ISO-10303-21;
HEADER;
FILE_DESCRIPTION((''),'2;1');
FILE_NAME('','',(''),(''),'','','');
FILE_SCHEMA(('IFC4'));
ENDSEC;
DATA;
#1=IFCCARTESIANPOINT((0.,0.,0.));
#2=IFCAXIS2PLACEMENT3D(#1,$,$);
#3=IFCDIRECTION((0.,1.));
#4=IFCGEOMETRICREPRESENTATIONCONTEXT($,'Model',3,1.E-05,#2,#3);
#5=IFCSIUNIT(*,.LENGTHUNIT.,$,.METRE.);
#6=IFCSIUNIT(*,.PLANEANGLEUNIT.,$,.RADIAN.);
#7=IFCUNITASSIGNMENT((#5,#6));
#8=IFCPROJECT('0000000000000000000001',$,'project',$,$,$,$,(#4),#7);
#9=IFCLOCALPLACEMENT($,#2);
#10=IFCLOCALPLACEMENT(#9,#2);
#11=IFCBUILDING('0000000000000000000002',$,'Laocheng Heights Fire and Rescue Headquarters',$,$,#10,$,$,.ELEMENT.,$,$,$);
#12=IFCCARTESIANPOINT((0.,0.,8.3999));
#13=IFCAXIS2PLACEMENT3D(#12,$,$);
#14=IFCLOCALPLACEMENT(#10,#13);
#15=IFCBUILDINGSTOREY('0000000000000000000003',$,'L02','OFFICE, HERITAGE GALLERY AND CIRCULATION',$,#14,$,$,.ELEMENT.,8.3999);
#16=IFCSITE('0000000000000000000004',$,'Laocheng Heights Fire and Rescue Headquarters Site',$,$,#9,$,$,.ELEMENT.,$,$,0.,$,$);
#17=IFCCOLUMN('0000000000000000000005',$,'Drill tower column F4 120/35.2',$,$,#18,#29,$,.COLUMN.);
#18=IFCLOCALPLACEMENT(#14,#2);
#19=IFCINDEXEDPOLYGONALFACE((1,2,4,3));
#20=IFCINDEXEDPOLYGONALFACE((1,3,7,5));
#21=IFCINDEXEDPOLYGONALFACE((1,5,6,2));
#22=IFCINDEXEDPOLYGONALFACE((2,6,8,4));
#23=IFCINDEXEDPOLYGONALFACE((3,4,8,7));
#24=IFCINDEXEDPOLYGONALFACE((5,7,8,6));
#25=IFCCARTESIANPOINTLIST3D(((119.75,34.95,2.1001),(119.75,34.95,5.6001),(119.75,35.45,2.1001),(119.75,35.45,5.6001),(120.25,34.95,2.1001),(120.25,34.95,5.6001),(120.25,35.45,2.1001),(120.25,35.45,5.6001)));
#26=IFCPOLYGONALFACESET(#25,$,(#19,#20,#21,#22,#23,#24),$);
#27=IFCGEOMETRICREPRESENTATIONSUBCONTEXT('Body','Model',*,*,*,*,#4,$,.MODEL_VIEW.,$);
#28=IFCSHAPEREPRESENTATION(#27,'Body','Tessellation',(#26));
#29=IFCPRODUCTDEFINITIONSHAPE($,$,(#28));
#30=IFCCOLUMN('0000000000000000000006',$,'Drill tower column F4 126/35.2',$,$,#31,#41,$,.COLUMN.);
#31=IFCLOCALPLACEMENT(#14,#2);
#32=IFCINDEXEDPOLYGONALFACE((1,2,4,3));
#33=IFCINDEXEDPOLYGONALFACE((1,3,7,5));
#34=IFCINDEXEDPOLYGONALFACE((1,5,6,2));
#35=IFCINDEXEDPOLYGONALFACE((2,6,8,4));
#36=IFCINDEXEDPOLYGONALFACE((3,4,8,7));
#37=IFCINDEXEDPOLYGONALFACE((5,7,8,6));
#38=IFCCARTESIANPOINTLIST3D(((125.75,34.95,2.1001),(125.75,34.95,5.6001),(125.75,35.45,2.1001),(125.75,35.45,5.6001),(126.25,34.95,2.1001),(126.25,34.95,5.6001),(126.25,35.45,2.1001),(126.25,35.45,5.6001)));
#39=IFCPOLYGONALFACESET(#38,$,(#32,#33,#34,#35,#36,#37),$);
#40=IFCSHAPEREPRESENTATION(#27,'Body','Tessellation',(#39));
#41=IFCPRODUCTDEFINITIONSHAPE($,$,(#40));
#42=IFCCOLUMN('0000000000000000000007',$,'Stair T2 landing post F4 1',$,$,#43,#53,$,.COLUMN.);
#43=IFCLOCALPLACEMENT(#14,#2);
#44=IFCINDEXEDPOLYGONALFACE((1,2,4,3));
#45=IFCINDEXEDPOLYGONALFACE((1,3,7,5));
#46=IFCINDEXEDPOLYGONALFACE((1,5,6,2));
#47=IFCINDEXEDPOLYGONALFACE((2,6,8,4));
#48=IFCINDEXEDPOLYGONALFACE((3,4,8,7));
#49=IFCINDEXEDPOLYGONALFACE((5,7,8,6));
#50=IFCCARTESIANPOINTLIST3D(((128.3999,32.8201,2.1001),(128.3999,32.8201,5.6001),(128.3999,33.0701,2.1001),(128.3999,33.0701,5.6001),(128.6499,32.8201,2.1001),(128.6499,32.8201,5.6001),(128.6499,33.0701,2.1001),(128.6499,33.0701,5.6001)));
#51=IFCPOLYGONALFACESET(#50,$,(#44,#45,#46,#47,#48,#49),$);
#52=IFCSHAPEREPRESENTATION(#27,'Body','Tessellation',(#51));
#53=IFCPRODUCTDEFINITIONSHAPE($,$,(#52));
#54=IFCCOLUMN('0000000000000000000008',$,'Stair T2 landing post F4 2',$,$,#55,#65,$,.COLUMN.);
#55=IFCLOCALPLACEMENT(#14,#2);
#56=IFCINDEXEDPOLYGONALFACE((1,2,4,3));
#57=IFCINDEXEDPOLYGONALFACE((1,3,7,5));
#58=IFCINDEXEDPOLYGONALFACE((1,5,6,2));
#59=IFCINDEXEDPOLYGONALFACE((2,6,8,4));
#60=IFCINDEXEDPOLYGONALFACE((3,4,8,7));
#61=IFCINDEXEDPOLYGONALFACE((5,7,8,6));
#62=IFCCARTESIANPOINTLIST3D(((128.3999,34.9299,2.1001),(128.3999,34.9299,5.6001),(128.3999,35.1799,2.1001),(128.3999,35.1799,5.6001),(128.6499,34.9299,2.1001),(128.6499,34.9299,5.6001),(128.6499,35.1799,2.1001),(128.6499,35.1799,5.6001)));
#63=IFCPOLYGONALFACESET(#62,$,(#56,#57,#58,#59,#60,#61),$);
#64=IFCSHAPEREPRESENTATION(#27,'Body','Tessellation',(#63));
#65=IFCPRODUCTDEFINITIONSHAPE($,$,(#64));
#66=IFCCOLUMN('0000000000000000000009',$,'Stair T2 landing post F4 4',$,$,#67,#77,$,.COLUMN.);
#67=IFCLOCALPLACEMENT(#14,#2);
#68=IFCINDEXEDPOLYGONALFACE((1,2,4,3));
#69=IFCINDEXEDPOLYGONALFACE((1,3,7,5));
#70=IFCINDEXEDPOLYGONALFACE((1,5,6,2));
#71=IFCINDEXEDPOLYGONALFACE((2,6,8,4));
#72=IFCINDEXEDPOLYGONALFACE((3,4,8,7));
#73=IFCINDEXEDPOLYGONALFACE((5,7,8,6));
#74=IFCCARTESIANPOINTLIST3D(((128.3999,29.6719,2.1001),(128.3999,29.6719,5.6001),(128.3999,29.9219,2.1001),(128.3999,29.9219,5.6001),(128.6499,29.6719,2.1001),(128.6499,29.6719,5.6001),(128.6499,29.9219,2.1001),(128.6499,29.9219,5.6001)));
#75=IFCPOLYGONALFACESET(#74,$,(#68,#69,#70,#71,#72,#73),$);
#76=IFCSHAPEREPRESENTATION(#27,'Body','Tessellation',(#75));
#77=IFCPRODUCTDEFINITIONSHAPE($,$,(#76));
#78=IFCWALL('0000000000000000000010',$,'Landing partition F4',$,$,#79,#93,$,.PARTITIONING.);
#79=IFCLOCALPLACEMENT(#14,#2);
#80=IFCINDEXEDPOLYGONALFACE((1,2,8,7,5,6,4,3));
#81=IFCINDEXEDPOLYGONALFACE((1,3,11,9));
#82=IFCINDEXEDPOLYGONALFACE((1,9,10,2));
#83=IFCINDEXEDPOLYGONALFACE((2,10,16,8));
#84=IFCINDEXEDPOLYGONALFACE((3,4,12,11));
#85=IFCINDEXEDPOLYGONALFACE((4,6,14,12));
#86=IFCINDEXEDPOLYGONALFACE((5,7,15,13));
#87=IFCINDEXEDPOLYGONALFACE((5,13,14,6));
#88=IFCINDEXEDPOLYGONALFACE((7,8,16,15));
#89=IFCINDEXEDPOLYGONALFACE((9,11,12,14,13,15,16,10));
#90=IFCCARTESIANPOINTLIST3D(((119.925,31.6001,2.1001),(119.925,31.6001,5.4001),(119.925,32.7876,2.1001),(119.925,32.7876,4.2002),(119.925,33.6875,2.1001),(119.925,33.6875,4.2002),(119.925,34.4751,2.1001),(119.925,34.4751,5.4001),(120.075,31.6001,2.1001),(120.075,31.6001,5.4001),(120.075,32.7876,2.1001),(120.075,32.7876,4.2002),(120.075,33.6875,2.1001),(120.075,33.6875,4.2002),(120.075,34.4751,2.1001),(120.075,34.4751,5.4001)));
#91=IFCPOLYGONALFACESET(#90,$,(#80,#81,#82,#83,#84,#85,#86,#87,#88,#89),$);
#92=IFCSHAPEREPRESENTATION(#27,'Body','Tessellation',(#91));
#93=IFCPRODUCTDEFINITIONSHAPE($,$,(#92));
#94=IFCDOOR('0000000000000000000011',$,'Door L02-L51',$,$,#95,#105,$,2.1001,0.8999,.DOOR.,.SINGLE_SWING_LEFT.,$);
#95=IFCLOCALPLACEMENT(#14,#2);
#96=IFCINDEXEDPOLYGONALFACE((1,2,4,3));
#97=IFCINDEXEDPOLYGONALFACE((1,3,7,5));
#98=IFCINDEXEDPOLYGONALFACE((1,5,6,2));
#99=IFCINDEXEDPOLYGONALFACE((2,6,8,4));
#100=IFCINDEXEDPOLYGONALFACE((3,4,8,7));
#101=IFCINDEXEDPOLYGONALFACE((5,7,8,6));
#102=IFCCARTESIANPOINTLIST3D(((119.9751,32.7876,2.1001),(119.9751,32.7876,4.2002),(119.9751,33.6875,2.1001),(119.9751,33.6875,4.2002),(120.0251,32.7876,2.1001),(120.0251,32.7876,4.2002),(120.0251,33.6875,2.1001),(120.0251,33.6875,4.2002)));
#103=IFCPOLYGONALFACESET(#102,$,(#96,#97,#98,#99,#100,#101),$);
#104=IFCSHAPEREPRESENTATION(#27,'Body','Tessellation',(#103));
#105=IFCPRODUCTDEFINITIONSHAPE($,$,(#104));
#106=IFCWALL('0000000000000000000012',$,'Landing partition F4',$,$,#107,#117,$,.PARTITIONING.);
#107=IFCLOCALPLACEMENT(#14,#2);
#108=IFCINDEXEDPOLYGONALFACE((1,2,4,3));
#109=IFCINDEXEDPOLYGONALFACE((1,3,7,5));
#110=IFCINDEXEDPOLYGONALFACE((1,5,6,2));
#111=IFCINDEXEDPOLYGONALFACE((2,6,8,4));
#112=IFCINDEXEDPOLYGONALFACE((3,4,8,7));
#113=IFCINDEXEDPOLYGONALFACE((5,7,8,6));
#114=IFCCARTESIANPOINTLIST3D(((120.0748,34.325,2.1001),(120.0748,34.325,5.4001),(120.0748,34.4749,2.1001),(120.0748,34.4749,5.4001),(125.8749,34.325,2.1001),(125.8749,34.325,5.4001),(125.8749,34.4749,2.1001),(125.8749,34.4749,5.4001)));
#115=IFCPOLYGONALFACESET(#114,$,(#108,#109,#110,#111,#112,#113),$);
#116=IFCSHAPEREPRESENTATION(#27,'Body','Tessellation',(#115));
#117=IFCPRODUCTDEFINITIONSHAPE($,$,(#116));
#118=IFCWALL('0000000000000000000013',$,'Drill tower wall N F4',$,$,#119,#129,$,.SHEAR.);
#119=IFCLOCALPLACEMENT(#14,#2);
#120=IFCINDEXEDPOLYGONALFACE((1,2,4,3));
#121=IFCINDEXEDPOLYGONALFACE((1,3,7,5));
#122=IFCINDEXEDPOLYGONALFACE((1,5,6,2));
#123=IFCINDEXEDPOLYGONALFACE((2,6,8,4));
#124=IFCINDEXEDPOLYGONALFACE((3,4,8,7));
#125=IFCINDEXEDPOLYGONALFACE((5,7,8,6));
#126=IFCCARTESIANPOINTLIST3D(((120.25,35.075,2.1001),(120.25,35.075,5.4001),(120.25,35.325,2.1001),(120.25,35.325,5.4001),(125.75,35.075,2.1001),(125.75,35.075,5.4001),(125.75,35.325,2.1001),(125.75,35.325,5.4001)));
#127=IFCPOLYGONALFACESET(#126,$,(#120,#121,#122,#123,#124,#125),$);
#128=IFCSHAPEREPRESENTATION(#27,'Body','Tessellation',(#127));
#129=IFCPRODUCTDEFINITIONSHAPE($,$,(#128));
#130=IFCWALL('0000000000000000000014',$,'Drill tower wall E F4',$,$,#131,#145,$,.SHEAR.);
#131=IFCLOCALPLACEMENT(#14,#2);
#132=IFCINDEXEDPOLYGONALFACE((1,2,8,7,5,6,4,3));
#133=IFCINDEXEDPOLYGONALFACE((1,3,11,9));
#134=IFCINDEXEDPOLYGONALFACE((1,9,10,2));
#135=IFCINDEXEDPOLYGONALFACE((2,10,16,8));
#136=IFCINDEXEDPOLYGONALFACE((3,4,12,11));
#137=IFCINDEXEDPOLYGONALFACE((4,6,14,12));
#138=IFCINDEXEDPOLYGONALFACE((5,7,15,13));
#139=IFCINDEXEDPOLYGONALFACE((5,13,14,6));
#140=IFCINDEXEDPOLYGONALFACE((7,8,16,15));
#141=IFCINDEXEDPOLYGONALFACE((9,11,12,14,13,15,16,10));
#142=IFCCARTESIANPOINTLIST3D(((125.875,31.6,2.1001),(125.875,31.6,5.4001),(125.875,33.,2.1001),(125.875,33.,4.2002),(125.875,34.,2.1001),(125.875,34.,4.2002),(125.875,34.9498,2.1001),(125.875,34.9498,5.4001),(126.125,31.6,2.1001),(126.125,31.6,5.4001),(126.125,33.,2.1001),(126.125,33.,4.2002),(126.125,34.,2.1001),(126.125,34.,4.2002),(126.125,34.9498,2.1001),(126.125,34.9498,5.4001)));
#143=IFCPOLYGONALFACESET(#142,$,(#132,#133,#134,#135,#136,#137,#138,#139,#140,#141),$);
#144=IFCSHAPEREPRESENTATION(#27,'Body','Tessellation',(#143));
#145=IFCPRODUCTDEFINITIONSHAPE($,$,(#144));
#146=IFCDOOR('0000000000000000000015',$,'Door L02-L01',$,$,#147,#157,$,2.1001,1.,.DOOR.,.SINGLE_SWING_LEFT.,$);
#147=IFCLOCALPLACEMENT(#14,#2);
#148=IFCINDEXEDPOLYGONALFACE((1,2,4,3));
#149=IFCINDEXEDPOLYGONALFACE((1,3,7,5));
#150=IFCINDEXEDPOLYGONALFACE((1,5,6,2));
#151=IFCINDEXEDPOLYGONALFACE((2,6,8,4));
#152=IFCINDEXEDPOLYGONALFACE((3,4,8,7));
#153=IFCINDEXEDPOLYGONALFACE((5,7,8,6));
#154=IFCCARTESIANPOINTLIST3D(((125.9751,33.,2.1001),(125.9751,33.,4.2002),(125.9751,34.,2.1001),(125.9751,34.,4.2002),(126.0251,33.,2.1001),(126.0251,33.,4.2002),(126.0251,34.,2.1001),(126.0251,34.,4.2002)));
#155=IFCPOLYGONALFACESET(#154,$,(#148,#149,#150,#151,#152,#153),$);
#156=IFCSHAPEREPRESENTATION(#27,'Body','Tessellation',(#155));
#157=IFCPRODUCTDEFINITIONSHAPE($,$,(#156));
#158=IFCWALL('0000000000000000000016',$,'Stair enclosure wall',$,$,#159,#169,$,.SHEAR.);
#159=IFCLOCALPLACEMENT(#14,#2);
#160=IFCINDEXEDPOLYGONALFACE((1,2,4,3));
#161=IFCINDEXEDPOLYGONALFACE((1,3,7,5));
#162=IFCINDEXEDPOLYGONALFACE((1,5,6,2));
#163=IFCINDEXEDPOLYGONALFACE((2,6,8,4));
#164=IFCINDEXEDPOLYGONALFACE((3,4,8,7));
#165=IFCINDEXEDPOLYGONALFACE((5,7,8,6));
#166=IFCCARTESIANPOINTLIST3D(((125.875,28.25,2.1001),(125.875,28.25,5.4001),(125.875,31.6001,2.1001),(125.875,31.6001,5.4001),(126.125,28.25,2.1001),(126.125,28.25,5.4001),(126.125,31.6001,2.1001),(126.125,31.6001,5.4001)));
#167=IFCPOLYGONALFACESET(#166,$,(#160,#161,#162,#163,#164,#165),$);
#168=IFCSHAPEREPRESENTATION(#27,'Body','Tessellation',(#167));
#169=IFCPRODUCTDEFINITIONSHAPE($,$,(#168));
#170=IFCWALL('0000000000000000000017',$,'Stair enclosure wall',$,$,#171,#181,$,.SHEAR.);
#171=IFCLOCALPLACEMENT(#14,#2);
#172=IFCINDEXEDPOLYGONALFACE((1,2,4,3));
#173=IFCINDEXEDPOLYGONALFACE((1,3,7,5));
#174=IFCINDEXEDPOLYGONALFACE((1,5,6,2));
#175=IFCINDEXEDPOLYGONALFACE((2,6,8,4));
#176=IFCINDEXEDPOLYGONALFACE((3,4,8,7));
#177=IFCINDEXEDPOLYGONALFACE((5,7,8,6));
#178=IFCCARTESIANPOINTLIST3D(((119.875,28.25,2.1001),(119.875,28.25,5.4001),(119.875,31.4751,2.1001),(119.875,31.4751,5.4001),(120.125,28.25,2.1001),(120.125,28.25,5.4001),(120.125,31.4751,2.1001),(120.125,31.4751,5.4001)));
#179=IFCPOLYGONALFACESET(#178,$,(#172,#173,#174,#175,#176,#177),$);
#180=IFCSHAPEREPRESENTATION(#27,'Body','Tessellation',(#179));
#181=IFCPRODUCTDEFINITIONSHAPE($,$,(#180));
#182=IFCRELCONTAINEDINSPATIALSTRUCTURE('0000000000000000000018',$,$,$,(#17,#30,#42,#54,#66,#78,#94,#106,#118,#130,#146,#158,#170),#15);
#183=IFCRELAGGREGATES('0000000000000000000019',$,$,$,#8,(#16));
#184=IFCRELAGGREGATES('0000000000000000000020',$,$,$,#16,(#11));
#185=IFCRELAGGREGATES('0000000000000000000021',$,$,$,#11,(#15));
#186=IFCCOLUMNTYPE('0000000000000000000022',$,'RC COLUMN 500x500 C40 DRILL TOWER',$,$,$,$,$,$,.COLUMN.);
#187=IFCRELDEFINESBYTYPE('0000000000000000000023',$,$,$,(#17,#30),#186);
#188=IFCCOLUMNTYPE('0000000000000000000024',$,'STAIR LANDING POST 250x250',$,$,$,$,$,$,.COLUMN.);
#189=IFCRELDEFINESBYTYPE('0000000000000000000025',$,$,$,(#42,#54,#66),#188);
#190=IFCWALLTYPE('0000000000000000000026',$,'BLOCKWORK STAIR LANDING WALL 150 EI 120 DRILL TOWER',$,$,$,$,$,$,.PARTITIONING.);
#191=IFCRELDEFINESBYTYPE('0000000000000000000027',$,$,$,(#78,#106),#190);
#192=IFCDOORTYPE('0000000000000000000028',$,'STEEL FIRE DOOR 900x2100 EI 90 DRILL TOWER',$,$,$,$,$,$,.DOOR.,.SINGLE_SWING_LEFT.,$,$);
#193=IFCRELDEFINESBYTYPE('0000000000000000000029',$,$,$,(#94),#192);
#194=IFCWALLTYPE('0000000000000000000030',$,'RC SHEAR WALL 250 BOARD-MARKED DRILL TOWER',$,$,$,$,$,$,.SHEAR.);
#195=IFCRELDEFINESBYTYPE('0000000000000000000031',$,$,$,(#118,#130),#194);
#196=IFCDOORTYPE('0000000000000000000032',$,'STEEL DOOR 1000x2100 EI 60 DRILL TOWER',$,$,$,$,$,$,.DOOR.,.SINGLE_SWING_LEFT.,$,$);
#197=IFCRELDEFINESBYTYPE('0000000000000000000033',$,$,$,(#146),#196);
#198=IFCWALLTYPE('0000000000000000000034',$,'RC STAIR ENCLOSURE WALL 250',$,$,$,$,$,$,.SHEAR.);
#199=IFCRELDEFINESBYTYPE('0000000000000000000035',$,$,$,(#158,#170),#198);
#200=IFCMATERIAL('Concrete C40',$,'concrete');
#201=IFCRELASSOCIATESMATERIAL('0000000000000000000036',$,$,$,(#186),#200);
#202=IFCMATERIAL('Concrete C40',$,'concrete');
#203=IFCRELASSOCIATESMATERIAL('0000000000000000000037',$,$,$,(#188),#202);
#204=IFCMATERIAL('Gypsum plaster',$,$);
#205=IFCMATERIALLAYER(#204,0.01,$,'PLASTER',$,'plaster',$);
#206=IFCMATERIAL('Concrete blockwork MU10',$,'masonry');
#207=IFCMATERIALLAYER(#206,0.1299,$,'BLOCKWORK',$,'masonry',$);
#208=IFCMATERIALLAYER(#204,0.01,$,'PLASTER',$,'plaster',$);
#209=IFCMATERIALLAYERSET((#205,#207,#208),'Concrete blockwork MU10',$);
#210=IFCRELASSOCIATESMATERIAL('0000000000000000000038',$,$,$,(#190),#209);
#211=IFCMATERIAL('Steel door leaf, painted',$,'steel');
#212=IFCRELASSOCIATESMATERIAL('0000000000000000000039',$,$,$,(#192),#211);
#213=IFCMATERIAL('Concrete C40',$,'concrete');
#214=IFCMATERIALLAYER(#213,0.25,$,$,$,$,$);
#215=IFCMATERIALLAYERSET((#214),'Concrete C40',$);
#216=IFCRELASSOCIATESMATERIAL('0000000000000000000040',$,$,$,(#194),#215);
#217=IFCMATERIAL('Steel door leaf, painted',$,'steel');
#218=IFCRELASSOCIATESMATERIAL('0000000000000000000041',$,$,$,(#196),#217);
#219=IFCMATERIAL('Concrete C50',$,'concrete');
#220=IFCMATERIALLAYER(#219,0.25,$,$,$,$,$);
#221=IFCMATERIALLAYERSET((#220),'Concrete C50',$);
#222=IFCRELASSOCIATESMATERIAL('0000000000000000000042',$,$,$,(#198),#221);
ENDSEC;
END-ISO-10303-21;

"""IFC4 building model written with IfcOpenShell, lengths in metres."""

from ifc_helpers import new_model, si_unit, direction, frame, frame_2d, origin, origin_2d, place, context, subcontext, project, spatial, rectangle, extrude, material, layer, layer_set, material_profile, profile_set, type_object, element, fill, save


model = new_model("IFC4")

# Units and contexts
model_context = context("Model", 3, precision=1e-05, world=origin(), true_north=direction((0.0, 1.0)))
body_context = subcontext(model_context, "Body", "Model", "MODEL_VIEW")
ifc_project = project(units=[si_unit("LENGTHUNIT", "METRE"), si_unit("PLANEANGLEUNIT", "RADIAN")], contexts=[model_context])

# Site, building, storey
site_placement = place(None, origin())
site = spatial("IfcSite", under=ifc_project, at=site_placement, Name="Laocheng Heights Fire and Rescue Headquarters Site", CompositionType="ELEMENT", RefElevation=0.0)
building_placement = place(site_placement, origin())
building = spatial("IfcBuilding", under=site, at=building_placement, Name="Laocheng Heights Fire and Rescue Headquarters", CompositionType="ELEMENT")
storey_placement = place(building_placement, frame((0.0, 0.0, 8.3999)))
storey = spatial("IfcBuildingStorey", under=building, at=storey_placement, Name="L02", Description="OFFICE, HERITAGE GALLERY AND CIRCULATION", CompositionType="ELEMENT", Elevation=8.3999)

# Columns
ifc_material_1 = material(Name="Concrete C40", Category="concrete")
ifc_material_profile_1 = material_profile(ifc_material_1, rectangle(XDim=0.5, YDim=0.5, at=origin_2d()), Name="RC COLUMN 500x500 C40 DRILL TOWER")
ifc_profile_set_1 = profile_set([ifc_material_profile_1], Name="Concrete C40")
column_type_1 = type_object("IfcColumnType", Name="RC COLUMN 500x500 C40 DRILL TOWER", PredefinedType="COLUMN", material=ifc_profile_set_1)
for number, where, z_axis, x_axis, name in (
    (1, (120.0, 35.2, 2.1001), (0.0, 0.0, 1.0), (1.0, 0.0, 0.0), "Drill tower column F4 120/35.2"),
    (2, (126.0, 35.2, 2.1001), (0.0, 0.0, 1.0), (1.0, 0.0, 0.0), "Drill tower column F4 126/35.2"),
):
    element("IfcColumn", number, at=place(storey_placement, frame(where, z_axis=z_axis, x_axis=x_axis)), inside=storey, type_object=column_type_1, Name=name, PredefinedType="COLUMN", context=body_context, shape_type="SweptSolid", body=[
        extrude(rectangle(XDim=0.5, YDim=0.5, at=origin_2d()), origin(), (0.0, 0.0, 1.0), 3.5),
    ])
ifc_material_2 = material(Name="Concrete C40", Category="concrete")
ifc_material_profile_2 = material_profile(ifc_material_2, rectangle(XDim=0.25, YDim=0.25, at=origin_2d()), Name="STAIR LANDING POST 250x250")
ifc_profile_set_2 = profile_set([ifc_material_profile_2], Name="Concrete C40")
column_type_2 = type_object("IfcColumnType", Name="STAIR LANDING POST 250x250", PredefinedType="COLUMN", material=ifc_profile_set_2)
for number, where, z_axis, x_axis, name in (
    (3, (128.5249, 32.9451, 2.1001), (0.0, 0.0, 1.0), (1.0, 0.0, 0.0), "Stair T2 landing post F4 1"),
    (4, (128.5249, 35.0549, 2.1001), (0.0, 0.0, 1.0), (1.0, 0.0, 0.0), "Stair T2 landing post F4 2"),
    (5, (128.5249, 29.7969, 2.1001), (0.0, 0.0, 1.0), (1.0, 0.0, 0.0), "Stair T2 landing post F4 4"),
):
    element("IfcColumn", number, at=place(storey_placement, frame(where, z_axis=z_axis, x_axis=x_axis)), inside=storey, type_object=column_type_2, Name=name, PredefinedType="COLUMN", context=body_context, shape_type="SweptSolid", body=[
        extrude(rectangle(XDim=0.25, YDim=0.25, at=origin_2d()), origin(), (0.0, 0.0, 1.0), 3.5),
    ])

# Wall, opening, door
ifc_material_3 = material(Name="Gypsum plaster")
ifc_layer_1 = layer(ifc_material_3, 0.01, Name="PLASTER", Category="plaster")
ifc_material_4 = material(Name="Concrete blockwork MU10", Category="masonry")
ifc_layer_2 = layer(ifc_material_4, 0.1299, Name="BLOCKWORK", Category="masonry")
ifc_layer_3 = layer(ifc_material_3, 0.01, Name="PLASTER", Category="plaster")
ifc_layer_set_1 = layer_set([ifc_layer_1, ifc_layer_2, ifc_layer_3], Name="Concrete blockwork MU10")
wall_type_1 = type_object("IfcWallType", Name="BLOCKWORK STAIR LANDING WALL 150 EI 120 DRILL TOWER", PredefinedType="PARTITIONING", material=ifc_layer_set_1)
wall_1_placement = place(storey_placement, frame((120.0, 31.6001, 2.1001), z_axis=(0.0, 0.0, 1.0), x_axis=(0.0, 1.0, 0.0)))
wall_1 = element("IfcWall", 6, at=wall_1_placement, inside=storey, type_object=wall_type_1, Name="Landing partition F4", PredefinedType="PARTITIONING", context=body_context, shape_type="SweptSolid", body=[
    extrude(rectangle(XDim=2.875, YDim=0.1499, at=frame_2d((1.4375, 0.0))), origin(), (0.0, 0.0, 1.0), 3.3),
])
opening_1_placement = place(wall_1_placement, frame((1.1875, 0.0, 0.0)))
opening_1 = element("IfcOpeningElement", 7, at=opening_1_placement, cuts=wall_1, PredefinedType="OPENING", context=body_context, shape_type="SweptSolid", body=[
    extrude(rectangle(XDim=0.8999, YDim=2.1001, at=frame_2d((0.45, 1.05))), frame((0.0, 0.085, 0.0), z_axis=(0.0, -1.0, 0.0), x_axis=(1.0, 0.0, 0.0)), (0.0, 0.0, 1.0), 0.1699),
])
ifc_material_5 = material(Name="Steel door leaf, painted", Category="steel")
door_type_1 = type_object("IfcDoorType", Name="STEEL FIRE DOOR 900x2100 EI 90 DRILL TOWER", OperationType="SINGLE_SWING_LEFT", PredefinedType="DOOR", material=ifc_material_5)
door_1_placement = place(opening_1_placement, origin())
door_1 = element("IfcDoor", 8, at=door_1_placement, inside=storey, type_object=door_type_1, Name="Door L02-L51", OperationType="SINGLE_SWING_LEFT", OverallHeight=2.1001, OverallWidth=0.8999, PredefinedType="DOOR", context=body_context, shape_type="SweptSolid", body=[
    extrude(rectangle(XDim=0.8999, YDim=2.1001, at=frame_2d((0.45, 1.05))), frame((0.0, 0.0249, 0.0), z_axis=(0.0, -1.0, 0.0), x_axis=(1.0, 0.0, 0.0)), (0.0, 0.0, 1.0), 0.05),
])
fill(opening_1, door_1)

# Walls
wall_2_placement = place(storey_placement, frame((120.075, 34.3999, 2.1001), z_axis=(0.0, 0.0, 1.0), x_axis=(1.0, 0.0, 0.0)))
element("IfcWall", 9, at=wall_2_placement, inside=storey, type_object=wall_type_1, Name="Landing partition F4", PredefinedType="PARTITIONING", context=body_context, shape_type="SweptSolid", body=[
    extrude(rectangle(XDim=5.8, YDim=0.1499, at=frame_2d((2.8999, 0.0))), origin(), (0.0, 0.0, 1.0), 3.3),
])
ifc_material_6 = material(Name="Concrete C40", Category="concrete")
ifc_layer_4 = layer(ifc_material_6, 0.25)
ifc_layer_set_2 = layer_set([ifc_layer_4], Name="Concrete C40")
wall_type_2 = type_object("IfcWallType", Name="RC SHEAR WALL 250 BOARD-MARKED DRILL TOWER", PredefinedType="SHEAR", material=ifc_layer_set_2)
wall_3_placement = place(storey_placement, frame((120.25, 35.2, 2.1001), z_axis=(0.0, 0.0, 1.0), x_axis=(1.0, 0.0, 0.0)))
element("IfcWall", 10, at=wall_3_placement, inside=storey, type_object=wall_type_2, Name="Drill tower wall N F4", PredefinedType="SHEAR", context=body_context, shape_type="SweptSolid", body=[
    extrude(rectangle(XDim=5.5, YDim=0.25, at=frame_2d((2.75, 0.0))), origin(), (0.0, 0.0, 1.0), 3.3),
])

# Wall, opening, door
wall_4_placement = place(storey_placement, frame((126.0, 31.6001, 2.1001), z_axis=(0.0, 0.0, 1.0), x_axis=(0.0, 1.0, 0.0)))
wall_4 = element("IfcWall", 11, at=wall_4_placement, inside=storey, type_object=wall_type_2, Name="Drill tower wall E F4", PredefinedType="SHEAR", context=body_context, shape_type="SweptSolid", body=[
    extrude(rectangle(XDim=3.3499, YDim=0.25, at=frame_2d((1.6748, 0.0))), origin(), (0.0, 0.0, 1.0), 3.3),
])
opening_2_placement = place(wall_4_placement, frame((1.3999, 0.0, 0.0)))
opening_2 = element("IfcOpeningElement", 12, at=opening_2_placement, cuts=wall_4, PredefinedType="OPENING", context=body_context, shape_type="SweptSolid", body=[
    extrude(rectangle(XDim=1.0, YDim=2.1001, at=frame_2d((0.5, 1.05))), frame((0.0, 0.135, 0.0), z_axis=(0.0, -1.0, 0.0), x_axis=(1.0, 0.0, 0.0)), (0.0, 0.0, 1.0), 0.27),
])
ifc_material_7 = material(Name="Steel door leaf, painted", Category="steel")
door_type_2 = type_object("IfcDoorType", Name="STEEL DOOR 1000x2100 EI 60 DRILL TOWER", OperationType="SINGLE_SWING_LEFT", PredefinedType="DOOR", material=ifc_material_7)
door_2_placement = place(opening_2_placement, origin())
door_2 = element("IfcDoor", 13, at=door_2_placement, inside=storey, type_object=door_type_2, Name="Door L02-L01", OperationType="SINGLE_SWING_LEFT", OverallHeight=2.1001, OverallWidth=1.0, PredefinedType="DOOR", context=body_context, shape_type="SweptSolid", body=[
    extrude(rectangle(XDim=1.0, YDim=2.1001, at=frame_2d((0.5, 1.05))), frame((0.0, 0.0249, 0.0), z_axis=(0.0, -1.0, 0.0), x_axis=(1.0, 0.0, 0.0)), (0.0, 0.0, 1.0), 0.05),
])
fill(opening_2, door_2)

# Walls
ifc_material_8 = material(Name="Concrete C50", Category="concrete")
ifc_layer_5 = layer(ifc_material_8, 0.25)
ifc_layer_set_3 = layer_set([ifc_layer_5], Name="Concrete C50")
wall_type_3 = type_object("IfcWallType", Name="RC STAIR ENCLOSURE WALL 250", PredefinedType="SHEAR", material=ifc_layer_set_3)
wall_5_placement = place(storey_placement, frame((126.0, 28.25, 2.1001), z_axis=(0.0, 0.0, 1.0), x_axis=(0.0, 1.0, 0.0)))
element("IfcWall", 14, at=wall_5_placement, inside=storey, type_object=wall_type_3, Name="Stair enclosure wall", PredefinedType="SHEAR", context=body_context, shape_type="SweptSolid", body=[
    extrude(rectangle(XDim=3.3501, YDim=0.25, at=frame_2d((1.675, 0.0))), origin(), (0.0, 0.0, 1.0), 3.3),
])
wall_6_placement = place(storey_placement, frame((120.0, 28.25, 2.1001), z_axis=(0.0, 0.0, 1.0), x_axis=(0.0, 1.0, 0.0)))
element("IfcWall", 15, at=wall_6_placement, inside=storey, type_object=wall_type_3, Name="Stair enclosure wall", PredefinedType="SHEAR", context=body_context, shape_type="SweptSolid", body=[
    extrude(rectangle(XDim=3.2251, YDim=0.25, at=frame_2d((1.6125, 0.0))), origin(), (0.0, 0.0, 1.0), 3.3),
])

save(model, "model.ifc")
